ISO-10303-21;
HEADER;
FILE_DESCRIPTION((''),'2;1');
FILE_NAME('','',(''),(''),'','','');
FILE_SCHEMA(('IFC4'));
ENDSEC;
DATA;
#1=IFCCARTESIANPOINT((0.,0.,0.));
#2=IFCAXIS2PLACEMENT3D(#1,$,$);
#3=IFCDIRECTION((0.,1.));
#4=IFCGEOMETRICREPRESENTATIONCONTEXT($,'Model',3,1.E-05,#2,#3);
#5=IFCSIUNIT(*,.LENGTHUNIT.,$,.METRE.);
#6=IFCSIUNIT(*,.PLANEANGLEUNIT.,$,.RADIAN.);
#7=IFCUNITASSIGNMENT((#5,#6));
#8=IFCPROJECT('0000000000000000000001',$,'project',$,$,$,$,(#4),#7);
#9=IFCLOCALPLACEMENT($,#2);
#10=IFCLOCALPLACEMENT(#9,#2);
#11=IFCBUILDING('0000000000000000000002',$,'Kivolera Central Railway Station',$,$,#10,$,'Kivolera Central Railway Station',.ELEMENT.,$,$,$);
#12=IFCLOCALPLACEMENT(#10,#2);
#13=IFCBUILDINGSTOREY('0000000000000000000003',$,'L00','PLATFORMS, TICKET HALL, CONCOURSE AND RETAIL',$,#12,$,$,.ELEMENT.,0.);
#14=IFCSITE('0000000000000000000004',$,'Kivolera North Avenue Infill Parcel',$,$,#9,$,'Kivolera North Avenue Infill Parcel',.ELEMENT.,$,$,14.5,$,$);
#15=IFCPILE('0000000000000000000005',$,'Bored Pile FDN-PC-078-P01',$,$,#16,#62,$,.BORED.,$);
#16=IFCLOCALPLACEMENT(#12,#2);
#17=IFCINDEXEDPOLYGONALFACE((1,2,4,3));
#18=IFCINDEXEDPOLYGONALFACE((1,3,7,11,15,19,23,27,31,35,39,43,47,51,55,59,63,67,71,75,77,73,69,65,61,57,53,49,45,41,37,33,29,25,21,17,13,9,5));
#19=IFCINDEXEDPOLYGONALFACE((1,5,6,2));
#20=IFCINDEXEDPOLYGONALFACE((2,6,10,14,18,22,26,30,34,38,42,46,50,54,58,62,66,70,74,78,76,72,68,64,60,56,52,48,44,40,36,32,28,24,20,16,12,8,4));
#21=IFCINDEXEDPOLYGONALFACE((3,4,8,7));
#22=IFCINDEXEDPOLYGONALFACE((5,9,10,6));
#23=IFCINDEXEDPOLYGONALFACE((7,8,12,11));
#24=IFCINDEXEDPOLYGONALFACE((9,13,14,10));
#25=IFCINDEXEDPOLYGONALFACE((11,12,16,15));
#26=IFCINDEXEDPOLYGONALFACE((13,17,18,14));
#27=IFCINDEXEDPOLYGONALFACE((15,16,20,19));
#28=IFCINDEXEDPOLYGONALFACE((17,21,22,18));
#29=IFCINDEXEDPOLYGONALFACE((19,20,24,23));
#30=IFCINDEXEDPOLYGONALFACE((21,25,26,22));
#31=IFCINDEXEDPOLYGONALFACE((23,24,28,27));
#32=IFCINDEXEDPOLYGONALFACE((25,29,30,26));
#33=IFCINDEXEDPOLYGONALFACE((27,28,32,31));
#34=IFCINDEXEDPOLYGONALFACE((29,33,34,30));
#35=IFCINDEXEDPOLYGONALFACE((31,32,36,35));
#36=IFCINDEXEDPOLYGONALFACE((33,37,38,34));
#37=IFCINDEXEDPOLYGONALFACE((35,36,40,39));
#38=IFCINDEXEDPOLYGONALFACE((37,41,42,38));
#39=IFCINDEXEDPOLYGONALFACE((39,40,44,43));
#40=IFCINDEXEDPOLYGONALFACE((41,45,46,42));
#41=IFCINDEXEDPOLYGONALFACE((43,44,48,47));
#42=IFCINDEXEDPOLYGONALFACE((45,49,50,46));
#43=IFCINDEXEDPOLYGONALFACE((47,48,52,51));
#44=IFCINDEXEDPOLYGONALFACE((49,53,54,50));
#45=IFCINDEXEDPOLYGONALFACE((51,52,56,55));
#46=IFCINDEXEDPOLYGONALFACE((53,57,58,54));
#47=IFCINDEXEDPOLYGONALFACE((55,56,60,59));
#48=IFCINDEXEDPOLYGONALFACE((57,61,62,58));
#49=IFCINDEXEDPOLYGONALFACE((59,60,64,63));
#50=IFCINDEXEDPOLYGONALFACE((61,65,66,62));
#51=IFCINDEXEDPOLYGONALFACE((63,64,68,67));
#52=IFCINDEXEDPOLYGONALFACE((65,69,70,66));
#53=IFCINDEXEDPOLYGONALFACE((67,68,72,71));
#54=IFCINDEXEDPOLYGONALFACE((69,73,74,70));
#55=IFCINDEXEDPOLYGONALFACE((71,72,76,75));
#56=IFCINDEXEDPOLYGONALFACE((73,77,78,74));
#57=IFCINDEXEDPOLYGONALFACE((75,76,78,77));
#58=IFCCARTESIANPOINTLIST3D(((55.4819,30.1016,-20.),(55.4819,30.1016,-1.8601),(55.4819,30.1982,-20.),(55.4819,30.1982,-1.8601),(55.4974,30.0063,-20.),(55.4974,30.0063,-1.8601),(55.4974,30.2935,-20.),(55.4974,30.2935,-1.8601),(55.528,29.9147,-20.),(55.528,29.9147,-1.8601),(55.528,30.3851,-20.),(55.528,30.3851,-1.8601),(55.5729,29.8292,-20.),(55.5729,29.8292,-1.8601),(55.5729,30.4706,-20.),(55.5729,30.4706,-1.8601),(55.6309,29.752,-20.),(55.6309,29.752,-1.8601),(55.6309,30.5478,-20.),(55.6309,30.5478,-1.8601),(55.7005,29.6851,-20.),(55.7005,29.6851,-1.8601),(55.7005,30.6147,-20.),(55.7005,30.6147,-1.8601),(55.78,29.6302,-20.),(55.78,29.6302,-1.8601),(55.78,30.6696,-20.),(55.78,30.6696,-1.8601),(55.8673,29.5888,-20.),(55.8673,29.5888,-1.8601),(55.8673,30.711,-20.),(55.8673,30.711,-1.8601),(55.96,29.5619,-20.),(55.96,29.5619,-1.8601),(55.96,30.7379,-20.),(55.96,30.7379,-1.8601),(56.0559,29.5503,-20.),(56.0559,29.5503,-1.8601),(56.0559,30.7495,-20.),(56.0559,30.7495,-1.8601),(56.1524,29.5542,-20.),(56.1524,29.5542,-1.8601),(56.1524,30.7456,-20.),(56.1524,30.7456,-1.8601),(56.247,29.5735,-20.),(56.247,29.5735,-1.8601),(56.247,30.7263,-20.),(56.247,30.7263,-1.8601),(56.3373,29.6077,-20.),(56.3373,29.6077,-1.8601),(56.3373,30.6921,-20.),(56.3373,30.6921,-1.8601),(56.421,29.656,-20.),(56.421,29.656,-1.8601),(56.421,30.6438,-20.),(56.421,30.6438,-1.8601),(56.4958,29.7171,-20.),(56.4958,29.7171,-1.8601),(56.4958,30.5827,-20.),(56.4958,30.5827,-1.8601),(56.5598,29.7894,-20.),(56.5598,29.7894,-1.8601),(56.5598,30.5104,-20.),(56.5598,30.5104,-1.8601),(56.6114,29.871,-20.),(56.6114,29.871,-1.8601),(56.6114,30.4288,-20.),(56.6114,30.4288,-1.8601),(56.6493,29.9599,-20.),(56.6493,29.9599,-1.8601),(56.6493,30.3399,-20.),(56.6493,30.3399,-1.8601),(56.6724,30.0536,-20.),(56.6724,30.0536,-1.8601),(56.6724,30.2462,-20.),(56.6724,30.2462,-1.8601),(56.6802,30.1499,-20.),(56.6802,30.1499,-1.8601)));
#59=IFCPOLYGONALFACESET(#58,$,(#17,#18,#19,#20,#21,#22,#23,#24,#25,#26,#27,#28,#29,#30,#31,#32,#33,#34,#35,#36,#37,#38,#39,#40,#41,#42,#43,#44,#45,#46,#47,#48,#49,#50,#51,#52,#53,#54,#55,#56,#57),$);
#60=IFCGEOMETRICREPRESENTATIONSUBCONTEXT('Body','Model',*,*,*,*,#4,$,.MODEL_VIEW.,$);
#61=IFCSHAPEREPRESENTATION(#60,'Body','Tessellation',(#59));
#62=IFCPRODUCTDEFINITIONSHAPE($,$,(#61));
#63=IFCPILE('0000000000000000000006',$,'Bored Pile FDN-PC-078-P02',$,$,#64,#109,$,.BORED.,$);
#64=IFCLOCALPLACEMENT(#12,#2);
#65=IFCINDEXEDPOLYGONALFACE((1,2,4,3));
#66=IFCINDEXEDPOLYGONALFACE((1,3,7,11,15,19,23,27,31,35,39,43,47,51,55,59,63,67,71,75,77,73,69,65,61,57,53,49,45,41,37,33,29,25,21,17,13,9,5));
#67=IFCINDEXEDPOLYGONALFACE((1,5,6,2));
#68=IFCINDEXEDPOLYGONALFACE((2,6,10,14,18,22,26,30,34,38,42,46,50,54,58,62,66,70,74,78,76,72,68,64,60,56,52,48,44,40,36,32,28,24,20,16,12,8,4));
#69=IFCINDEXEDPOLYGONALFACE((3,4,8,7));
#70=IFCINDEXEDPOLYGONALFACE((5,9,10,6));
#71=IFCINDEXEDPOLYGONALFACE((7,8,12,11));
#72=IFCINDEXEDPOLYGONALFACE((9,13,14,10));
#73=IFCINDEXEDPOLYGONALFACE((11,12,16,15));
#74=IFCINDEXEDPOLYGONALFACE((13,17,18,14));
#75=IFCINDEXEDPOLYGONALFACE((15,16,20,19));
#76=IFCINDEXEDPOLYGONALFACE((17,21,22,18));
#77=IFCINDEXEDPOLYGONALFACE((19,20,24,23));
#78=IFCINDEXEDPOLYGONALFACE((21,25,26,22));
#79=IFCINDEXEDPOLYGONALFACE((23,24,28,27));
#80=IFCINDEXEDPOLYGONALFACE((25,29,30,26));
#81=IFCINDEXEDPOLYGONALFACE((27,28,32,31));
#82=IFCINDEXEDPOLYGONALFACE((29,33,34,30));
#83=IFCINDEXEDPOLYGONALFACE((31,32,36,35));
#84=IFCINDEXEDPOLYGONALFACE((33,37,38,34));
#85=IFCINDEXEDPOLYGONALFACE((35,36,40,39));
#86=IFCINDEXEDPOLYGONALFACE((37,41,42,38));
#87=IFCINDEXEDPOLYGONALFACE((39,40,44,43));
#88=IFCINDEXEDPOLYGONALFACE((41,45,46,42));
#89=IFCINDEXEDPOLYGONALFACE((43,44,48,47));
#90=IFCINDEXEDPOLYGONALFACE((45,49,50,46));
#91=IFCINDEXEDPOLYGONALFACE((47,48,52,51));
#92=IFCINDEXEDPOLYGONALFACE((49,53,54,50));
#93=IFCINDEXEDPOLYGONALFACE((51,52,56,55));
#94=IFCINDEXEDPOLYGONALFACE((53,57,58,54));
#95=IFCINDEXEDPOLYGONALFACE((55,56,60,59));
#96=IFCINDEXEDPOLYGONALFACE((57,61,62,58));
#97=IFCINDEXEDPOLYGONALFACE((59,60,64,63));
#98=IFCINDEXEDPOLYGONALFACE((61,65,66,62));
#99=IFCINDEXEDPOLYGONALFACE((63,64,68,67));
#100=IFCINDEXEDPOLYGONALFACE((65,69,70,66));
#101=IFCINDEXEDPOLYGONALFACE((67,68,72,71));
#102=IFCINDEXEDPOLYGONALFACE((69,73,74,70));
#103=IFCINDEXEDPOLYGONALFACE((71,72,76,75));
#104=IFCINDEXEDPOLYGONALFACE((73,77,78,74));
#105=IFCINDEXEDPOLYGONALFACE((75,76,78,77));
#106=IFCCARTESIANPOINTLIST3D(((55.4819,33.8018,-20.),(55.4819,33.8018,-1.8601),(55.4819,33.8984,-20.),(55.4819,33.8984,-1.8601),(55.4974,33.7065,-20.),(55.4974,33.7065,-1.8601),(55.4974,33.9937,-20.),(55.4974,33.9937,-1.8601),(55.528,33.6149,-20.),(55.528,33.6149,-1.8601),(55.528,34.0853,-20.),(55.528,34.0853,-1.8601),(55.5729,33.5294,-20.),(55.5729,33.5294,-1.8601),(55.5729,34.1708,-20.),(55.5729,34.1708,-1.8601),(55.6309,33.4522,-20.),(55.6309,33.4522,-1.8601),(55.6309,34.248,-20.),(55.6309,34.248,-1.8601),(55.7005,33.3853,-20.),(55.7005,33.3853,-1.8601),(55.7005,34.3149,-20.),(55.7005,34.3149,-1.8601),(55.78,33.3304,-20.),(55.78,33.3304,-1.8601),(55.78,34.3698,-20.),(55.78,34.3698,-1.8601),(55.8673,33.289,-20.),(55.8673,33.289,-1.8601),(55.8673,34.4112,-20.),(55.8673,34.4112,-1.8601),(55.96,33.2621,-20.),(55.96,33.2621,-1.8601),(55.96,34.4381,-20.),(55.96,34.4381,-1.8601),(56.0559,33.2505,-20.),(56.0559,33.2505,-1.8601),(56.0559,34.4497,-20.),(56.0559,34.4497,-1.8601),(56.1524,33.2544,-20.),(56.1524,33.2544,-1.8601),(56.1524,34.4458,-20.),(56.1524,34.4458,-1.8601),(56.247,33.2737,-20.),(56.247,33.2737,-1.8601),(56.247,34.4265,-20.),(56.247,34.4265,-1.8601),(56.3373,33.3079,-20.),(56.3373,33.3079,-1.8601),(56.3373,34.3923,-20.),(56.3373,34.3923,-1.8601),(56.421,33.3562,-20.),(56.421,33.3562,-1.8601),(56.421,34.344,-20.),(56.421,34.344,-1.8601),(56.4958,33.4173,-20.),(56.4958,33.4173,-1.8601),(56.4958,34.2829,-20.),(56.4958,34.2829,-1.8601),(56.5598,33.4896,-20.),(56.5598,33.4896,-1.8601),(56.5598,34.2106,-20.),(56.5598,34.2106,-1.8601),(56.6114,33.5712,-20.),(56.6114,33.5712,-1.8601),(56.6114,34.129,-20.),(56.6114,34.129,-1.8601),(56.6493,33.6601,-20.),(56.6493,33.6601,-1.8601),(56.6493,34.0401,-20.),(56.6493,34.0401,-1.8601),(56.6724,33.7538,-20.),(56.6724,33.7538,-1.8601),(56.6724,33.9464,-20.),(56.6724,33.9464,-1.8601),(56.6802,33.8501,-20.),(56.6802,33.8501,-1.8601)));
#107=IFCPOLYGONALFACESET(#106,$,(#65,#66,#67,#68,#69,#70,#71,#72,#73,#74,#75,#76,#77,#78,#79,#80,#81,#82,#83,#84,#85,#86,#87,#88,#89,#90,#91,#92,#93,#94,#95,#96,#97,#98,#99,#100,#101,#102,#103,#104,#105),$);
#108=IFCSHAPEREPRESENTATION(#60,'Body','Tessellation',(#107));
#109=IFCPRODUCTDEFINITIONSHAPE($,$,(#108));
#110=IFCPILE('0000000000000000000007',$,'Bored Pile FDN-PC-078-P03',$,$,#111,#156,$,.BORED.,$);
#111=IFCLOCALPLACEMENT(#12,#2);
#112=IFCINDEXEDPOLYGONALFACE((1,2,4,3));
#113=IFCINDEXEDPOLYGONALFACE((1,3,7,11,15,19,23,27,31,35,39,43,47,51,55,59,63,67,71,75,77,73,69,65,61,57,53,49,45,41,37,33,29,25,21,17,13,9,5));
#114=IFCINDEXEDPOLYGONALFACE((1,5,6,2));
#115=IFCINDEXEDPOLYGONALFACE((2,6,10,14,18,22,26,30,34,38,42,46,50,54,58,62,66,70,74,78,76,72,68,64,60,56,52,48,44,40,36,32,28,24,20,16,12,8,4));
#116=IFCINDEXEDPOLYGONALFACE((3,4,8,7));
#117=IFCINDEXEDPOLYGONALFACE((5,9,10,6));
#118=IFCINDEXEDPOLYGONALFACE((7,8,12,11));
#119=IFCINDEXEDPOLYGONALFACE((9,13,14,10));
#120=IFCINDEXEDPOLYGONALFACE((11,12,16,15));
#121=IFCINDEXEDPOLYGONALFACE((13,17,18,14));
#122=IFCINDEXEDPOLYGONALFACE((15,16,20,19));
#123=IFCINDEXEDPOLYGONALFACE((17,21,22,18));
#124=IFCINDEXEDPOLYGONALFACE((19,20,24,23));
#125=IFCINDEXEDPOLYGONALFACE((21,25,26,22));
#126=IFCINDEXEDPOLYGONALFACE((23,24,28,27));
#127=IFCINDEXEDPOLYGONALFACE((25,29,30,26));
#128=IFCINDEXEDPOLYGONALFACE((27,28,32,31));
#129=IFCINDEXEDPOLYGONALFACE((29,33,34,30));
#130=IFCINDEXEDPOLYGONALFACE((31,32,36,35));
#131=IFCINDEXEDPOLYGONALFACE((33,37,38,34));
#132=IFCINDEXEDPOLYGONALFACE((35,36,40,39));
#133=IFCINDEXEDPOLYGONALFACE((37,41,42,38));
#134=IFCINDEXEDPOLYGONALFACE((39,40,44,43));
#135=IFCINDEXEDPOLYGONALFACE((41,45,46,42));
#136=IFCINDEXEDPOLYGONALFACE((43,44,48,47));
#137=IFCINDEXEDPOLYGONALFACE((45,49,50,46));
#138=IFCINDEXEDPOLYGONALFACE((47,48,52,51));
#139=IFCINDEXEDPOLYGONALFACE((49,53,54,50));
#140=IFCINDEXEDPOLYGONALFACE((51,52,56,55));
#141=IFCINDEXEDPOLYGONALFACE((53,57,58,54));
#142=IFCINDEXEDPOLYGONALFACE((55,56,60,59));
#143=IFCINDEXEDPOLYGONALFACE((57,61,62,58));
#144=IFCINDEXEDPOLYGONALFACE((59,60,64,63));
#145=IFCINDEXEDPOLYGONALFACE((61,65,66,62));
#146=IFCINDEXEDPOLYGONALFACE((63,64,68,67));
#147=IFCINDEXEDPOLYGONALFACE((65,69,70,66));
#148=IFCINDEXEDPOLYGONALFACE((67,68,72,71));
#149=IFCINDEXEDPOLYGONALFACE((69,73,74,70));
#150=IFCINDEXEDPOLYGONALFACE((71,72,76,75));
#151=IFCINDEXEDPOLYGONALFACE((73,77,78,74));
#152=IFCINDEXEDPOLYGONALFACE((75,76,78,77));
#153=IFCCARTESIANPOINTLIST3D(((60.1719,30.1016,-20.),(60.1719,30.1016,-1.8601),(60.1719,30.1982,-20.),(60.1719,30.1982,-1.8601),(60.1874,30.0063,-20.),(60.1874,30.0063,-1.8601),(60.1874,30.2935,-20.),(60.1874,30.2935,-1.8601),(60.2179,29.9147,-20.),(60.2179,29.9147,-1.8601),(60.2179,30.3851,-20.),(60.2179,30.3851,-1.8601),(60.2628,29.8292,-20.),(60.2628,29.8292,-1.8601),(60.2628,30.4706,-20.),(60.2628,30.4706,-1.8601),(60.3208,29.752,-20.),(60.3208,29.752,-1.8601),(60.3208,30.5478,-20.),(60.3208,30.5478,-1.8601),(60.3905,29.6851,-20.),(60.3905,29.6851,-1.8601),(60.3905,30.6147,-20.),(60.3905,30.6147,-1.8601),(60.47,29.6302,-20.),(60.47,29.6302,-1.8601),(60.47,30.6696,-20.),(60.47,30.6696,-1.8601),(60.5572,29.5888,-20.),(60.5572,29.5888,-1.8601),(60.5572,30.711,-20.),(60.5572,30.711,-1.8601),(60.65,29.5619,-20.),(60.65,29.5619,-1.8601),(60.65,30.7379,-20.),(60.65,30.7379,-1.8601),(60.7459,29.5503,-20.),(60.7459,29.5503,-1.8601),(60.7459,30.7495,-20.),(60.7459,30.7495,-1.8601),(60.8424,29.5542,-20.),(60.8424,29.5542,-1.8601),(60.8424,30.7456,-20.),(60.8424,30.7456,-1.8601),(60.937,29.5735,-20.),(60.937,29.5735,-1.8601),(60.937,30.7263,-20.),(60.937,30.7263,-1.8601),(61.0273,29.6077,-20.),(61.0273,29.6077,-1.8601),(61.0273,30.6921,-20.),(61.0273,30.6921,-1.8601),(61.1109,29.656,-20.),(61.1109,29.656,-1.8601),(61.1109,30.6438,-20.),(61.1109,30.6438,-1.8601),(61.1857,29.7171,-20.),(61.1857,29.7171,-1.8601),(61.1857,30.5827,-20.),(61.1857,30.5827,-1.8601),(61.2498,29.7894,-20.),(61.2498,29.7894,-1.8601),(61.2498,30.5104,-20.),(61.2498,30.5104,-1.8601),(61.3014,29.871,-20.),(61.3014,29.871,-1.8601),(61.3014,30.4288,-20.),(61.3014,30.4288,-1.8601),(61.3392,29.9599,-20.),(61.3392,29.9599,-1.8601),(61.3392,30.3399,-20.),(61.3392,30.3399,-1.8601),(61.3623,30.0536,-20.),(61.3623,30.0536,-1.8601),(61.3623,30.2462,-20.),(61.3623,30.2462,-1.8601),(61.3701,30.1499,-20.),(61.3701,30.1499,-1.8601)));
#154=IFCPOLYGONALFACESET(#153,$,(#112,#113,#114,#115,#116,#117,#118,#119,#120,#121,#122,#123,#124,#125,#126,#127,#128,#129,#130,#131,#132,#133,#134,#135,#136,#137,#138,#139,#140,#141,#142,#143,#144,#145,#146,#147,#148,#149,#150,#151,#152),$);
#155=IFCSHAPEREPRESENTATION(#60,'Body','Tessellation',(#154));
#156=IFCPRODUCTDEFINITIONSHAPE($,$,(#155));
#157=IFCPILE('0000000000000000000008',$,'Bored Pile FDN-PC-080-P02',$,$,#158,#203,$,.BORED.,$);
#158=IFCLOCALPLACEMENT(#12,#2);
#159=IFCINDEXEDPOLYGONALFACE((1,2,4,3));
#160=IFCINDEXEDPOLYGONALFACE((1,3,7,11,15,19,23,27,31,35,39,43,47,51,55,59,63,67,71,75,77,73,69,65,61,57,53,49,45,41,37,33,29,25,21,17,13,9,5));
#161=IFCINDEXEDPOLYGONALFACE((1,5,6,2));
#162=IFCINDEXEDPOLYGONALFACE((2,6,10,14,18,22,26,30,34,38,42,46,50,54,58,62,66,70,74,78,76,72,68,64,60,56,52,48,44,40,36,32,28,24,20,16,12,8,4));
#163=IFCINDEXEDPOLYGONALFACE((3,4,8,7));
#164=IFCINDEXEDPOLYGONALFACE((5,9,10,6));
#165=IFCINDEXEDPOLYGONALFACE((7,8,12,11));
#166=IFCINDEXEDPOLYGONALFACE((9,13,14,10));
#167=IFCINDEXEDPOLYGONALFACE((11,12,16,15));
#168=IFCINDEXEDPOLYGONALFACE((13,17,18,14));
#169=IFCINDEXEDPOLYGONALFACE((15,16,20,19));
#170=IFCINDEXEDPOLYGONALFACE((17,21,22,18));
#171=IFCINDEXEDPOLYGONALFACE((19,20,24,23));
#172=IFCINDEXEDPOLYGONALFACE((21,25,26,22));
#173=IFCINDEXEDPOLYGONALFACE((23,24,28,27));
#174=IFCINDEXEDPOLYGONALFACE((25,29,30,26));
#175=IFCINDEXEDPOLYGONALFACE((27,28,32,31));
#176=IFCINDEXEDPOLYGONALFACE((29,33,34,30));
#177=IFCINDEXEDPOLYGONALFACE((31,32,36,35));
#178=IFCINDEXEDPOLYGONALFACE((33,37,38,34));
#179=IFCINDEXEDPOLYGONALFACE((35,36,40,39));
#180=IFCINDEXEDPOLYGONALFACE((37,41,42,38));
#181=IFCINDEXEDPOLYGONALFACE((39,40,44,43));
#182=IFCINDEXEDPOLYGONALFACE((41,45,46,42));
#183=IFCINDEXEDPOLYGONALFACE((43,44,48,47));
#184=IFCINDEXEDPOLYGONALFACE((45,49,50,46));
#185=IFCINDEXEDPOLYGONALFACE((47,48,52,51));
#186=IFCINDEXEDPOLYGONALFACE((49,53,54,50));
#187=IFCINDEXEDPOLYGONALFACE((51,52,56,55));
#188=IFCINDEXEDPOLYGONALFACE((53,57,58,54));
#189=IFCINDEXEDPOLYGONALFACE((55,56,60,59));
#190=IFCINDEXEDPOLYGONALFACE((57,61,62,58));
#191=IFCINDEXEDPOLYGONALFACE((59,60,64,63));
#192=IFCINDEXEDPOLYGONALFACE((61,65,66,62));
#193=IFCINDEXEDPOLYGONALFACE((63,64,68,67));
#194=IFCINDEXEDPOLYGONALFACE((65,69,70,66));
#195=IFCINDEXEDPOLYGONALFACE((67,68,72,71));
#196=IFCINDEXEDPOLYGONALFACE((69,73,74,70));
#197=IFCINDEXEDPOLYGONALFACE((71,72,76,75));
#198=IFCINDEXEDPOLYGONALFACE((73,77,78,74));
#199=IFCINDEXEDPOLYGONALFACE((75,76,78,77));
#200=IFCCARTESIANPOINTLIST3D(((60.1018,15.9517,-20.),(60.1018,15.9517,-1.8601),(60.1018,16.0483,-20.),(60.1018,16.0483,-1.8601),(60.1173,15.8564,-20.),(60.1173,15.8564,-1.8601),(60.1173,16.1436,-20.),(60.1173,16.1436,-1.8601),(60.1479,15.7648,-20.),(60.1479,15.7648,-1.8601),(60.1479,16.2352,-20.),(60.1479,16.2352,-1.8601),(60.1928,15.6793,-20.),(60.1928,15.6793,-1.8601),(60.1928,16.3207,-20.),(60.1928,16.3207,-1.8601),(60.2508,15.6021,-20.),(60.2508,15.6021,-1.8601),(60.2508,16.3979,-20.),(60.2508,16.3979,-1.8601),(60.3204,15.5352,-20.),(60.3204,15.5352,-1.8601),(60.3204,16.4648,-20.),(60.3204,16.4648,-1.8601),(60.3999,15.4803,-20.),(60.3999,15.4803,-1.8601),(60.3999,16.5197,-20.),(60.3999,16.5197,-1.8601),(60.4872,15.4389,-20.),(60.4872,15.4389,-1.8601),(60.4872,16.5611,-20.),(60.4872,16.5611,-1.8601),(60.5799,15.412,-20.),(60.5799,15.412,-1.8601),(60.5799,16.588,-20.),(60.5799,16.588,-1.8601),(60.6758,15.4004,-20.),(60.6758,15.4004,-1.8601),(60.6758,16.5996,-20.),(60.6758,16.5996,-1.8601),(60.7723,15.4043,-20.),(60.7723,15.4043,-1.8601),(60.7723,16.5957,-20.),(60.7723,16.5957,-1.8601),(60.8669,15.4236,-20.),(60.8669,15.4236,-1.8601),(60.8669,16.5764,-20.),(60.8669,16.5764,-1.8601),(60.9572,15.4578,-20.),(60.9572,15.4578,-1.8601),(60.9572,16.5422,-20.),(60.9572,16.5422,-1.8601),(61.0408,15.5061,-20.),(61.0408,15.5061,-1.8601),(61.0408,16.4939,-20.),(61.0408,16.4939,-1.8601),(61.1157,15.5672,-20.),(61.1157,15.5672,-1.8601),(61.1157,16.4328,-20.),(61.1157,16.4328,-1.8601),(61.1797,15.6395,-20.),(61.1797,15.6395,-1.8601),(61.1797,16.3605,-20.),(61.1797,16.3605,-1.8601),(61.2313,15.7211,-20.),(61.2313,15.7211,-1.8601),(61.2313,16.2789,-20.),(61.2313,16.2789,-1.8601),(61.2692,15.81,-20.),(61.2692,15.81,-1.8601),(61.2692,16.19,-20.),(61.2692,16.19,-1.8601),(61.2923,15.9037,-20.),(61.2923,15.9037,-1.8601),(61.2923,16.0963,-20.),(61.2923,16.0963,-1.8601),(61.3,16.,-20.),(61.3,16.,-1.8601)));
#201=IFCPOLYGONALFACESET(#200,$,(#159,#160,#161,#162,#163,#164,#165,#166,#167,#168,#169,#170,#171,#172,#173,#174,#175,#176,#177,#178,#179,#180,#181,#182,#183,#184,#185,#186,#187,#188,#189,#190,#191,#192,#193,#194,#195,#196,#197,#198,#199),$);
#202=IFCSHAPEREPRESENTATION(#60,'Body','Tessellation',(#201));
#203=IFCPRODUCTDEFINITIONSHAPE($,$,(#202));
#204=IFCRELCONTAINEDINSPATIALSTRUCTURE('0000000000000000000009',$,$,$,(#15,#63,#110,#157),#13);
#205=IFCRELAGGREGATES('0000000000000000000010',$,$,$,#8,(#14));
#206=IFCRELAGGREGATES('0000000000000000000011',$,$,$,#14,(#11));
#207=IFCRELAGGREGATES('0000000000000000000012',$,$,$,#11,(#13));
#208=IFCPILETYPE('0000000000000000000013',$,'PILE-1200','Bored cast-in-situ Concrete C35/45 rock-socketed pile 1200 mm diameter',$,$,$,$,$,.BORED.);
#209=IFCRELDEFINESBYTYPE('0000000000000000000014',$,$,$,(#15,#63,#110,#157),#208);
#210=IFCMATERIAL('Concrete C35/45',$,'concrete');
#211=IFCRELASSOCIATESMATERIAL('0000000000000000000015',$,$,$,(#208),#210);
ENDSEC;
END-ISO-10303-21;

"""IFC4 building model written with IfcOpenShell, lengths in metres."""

from ifc_helpers import new_model, si_unit, direction, frame, origin, origin_2d, place, context, subcontext, project, spatial, circle, extrude, material, material_profile, profile_set, type_object, element, save


model = new_model("IFC4")

# Units and contexts
model_context = context("Model", 3, precision=1e-05, world=origin(), true_north=direction((0.0, 1.0)))
body_context = subcontext(model_context, "Body", "Model", "MODEL_VIEW")
ifc_project = project(units=[si_unit("LENGTHUNIT", "METRE"), si_unit("PLANEANGLEUNIT", "RADIAN")], contexts=[model_context])

# Site, building, storey
site_placement = place(None, origin())
site = spatial("IfcSite", under=ifc_project, at=site_placement, Name="Kivolera North Avenue Infill Parcel", LongName="Kivolera North Avenue Infill Parcel", CompositionType="ELEMENT", RefElevation=14.5)
building_placement = place(site_placement, origin())
building = spatial("IfcBuilding", under=site, at=building_placement, Name="Kivolera Central Railway Station", LongName="Kivolera Central Railway Station", CompositionType="ELEMENT")
storey_placement = place(building_placement, origin())
storey = spatial("IfcBuildingStorey", under=building, at=storey_placement, Name="L00", Description="PLATFORMS, TICKET HALL, CONCOURSE AND RETAIL", CompositionType="ELEMENT", Elevation=0.0)

# Shared definitions
ifc_material_1 = material(Name="Concrete C35/45", Category="concrete")

# Piles
ifc_material_profile_1 = material_profile(ifc_material_1, circle(Radius=0.6001, at=origin_2d()), Name="PILE D1200")
ifc_profile_set_1 = profile_set([ifc_material_profile_1], Name="Concrete C35/45")
pile_type = type_object("IfcPileType", Name="PILE-1200", Description="Bored cast-in-situ Concrete C35/45 rock-socketed pile 1200 mm diameter", PredefinedType="BORED", material=ifc_profile_set_1)
for number, where, z_axis, x_axis, name in (
    (1, (56.0801, 30.1499, -1.8601), (0.0, 0.0, -1.0), (1.0, 0.0, 0.0), "Bored Pile FDN-PC-078-P01"),
    (2, (56.0801, 33.8501, -1.8601), (0.0, 0.0, -1.0), (1.0, 0.0, 0.0), "Bored Pile FDN-PC-078-P02"),
    (3, (60.77, 30.1499, -1.8601), (0.0, 0.0, -1.0), (1.0, 0.0, 0.0), "Bored Pile FDN-PC-078-P03"),
    (4, (60.7, 16.0, -1.8601), (0.0, 0.0, -1.0), (1.0, 0.0, 0.0), "Bored Pile FDN-PC-080-P02"),
):
    element("IfcPile", number, at=place(storey_placement, frame(where, z_axis=z_axis, x_axis=x_axis)), inside=storey, type_object=pile_type, Name=name, PredefinedType="BORED", context=body_context, shape_type="SweptSolid", body=[
        extrude(circle(Radius=0.6001, at=origin_2d()), origin(), (0.0, 0.0, 1.0), 18.1399),
    ])

save(model, "model.ifc")
